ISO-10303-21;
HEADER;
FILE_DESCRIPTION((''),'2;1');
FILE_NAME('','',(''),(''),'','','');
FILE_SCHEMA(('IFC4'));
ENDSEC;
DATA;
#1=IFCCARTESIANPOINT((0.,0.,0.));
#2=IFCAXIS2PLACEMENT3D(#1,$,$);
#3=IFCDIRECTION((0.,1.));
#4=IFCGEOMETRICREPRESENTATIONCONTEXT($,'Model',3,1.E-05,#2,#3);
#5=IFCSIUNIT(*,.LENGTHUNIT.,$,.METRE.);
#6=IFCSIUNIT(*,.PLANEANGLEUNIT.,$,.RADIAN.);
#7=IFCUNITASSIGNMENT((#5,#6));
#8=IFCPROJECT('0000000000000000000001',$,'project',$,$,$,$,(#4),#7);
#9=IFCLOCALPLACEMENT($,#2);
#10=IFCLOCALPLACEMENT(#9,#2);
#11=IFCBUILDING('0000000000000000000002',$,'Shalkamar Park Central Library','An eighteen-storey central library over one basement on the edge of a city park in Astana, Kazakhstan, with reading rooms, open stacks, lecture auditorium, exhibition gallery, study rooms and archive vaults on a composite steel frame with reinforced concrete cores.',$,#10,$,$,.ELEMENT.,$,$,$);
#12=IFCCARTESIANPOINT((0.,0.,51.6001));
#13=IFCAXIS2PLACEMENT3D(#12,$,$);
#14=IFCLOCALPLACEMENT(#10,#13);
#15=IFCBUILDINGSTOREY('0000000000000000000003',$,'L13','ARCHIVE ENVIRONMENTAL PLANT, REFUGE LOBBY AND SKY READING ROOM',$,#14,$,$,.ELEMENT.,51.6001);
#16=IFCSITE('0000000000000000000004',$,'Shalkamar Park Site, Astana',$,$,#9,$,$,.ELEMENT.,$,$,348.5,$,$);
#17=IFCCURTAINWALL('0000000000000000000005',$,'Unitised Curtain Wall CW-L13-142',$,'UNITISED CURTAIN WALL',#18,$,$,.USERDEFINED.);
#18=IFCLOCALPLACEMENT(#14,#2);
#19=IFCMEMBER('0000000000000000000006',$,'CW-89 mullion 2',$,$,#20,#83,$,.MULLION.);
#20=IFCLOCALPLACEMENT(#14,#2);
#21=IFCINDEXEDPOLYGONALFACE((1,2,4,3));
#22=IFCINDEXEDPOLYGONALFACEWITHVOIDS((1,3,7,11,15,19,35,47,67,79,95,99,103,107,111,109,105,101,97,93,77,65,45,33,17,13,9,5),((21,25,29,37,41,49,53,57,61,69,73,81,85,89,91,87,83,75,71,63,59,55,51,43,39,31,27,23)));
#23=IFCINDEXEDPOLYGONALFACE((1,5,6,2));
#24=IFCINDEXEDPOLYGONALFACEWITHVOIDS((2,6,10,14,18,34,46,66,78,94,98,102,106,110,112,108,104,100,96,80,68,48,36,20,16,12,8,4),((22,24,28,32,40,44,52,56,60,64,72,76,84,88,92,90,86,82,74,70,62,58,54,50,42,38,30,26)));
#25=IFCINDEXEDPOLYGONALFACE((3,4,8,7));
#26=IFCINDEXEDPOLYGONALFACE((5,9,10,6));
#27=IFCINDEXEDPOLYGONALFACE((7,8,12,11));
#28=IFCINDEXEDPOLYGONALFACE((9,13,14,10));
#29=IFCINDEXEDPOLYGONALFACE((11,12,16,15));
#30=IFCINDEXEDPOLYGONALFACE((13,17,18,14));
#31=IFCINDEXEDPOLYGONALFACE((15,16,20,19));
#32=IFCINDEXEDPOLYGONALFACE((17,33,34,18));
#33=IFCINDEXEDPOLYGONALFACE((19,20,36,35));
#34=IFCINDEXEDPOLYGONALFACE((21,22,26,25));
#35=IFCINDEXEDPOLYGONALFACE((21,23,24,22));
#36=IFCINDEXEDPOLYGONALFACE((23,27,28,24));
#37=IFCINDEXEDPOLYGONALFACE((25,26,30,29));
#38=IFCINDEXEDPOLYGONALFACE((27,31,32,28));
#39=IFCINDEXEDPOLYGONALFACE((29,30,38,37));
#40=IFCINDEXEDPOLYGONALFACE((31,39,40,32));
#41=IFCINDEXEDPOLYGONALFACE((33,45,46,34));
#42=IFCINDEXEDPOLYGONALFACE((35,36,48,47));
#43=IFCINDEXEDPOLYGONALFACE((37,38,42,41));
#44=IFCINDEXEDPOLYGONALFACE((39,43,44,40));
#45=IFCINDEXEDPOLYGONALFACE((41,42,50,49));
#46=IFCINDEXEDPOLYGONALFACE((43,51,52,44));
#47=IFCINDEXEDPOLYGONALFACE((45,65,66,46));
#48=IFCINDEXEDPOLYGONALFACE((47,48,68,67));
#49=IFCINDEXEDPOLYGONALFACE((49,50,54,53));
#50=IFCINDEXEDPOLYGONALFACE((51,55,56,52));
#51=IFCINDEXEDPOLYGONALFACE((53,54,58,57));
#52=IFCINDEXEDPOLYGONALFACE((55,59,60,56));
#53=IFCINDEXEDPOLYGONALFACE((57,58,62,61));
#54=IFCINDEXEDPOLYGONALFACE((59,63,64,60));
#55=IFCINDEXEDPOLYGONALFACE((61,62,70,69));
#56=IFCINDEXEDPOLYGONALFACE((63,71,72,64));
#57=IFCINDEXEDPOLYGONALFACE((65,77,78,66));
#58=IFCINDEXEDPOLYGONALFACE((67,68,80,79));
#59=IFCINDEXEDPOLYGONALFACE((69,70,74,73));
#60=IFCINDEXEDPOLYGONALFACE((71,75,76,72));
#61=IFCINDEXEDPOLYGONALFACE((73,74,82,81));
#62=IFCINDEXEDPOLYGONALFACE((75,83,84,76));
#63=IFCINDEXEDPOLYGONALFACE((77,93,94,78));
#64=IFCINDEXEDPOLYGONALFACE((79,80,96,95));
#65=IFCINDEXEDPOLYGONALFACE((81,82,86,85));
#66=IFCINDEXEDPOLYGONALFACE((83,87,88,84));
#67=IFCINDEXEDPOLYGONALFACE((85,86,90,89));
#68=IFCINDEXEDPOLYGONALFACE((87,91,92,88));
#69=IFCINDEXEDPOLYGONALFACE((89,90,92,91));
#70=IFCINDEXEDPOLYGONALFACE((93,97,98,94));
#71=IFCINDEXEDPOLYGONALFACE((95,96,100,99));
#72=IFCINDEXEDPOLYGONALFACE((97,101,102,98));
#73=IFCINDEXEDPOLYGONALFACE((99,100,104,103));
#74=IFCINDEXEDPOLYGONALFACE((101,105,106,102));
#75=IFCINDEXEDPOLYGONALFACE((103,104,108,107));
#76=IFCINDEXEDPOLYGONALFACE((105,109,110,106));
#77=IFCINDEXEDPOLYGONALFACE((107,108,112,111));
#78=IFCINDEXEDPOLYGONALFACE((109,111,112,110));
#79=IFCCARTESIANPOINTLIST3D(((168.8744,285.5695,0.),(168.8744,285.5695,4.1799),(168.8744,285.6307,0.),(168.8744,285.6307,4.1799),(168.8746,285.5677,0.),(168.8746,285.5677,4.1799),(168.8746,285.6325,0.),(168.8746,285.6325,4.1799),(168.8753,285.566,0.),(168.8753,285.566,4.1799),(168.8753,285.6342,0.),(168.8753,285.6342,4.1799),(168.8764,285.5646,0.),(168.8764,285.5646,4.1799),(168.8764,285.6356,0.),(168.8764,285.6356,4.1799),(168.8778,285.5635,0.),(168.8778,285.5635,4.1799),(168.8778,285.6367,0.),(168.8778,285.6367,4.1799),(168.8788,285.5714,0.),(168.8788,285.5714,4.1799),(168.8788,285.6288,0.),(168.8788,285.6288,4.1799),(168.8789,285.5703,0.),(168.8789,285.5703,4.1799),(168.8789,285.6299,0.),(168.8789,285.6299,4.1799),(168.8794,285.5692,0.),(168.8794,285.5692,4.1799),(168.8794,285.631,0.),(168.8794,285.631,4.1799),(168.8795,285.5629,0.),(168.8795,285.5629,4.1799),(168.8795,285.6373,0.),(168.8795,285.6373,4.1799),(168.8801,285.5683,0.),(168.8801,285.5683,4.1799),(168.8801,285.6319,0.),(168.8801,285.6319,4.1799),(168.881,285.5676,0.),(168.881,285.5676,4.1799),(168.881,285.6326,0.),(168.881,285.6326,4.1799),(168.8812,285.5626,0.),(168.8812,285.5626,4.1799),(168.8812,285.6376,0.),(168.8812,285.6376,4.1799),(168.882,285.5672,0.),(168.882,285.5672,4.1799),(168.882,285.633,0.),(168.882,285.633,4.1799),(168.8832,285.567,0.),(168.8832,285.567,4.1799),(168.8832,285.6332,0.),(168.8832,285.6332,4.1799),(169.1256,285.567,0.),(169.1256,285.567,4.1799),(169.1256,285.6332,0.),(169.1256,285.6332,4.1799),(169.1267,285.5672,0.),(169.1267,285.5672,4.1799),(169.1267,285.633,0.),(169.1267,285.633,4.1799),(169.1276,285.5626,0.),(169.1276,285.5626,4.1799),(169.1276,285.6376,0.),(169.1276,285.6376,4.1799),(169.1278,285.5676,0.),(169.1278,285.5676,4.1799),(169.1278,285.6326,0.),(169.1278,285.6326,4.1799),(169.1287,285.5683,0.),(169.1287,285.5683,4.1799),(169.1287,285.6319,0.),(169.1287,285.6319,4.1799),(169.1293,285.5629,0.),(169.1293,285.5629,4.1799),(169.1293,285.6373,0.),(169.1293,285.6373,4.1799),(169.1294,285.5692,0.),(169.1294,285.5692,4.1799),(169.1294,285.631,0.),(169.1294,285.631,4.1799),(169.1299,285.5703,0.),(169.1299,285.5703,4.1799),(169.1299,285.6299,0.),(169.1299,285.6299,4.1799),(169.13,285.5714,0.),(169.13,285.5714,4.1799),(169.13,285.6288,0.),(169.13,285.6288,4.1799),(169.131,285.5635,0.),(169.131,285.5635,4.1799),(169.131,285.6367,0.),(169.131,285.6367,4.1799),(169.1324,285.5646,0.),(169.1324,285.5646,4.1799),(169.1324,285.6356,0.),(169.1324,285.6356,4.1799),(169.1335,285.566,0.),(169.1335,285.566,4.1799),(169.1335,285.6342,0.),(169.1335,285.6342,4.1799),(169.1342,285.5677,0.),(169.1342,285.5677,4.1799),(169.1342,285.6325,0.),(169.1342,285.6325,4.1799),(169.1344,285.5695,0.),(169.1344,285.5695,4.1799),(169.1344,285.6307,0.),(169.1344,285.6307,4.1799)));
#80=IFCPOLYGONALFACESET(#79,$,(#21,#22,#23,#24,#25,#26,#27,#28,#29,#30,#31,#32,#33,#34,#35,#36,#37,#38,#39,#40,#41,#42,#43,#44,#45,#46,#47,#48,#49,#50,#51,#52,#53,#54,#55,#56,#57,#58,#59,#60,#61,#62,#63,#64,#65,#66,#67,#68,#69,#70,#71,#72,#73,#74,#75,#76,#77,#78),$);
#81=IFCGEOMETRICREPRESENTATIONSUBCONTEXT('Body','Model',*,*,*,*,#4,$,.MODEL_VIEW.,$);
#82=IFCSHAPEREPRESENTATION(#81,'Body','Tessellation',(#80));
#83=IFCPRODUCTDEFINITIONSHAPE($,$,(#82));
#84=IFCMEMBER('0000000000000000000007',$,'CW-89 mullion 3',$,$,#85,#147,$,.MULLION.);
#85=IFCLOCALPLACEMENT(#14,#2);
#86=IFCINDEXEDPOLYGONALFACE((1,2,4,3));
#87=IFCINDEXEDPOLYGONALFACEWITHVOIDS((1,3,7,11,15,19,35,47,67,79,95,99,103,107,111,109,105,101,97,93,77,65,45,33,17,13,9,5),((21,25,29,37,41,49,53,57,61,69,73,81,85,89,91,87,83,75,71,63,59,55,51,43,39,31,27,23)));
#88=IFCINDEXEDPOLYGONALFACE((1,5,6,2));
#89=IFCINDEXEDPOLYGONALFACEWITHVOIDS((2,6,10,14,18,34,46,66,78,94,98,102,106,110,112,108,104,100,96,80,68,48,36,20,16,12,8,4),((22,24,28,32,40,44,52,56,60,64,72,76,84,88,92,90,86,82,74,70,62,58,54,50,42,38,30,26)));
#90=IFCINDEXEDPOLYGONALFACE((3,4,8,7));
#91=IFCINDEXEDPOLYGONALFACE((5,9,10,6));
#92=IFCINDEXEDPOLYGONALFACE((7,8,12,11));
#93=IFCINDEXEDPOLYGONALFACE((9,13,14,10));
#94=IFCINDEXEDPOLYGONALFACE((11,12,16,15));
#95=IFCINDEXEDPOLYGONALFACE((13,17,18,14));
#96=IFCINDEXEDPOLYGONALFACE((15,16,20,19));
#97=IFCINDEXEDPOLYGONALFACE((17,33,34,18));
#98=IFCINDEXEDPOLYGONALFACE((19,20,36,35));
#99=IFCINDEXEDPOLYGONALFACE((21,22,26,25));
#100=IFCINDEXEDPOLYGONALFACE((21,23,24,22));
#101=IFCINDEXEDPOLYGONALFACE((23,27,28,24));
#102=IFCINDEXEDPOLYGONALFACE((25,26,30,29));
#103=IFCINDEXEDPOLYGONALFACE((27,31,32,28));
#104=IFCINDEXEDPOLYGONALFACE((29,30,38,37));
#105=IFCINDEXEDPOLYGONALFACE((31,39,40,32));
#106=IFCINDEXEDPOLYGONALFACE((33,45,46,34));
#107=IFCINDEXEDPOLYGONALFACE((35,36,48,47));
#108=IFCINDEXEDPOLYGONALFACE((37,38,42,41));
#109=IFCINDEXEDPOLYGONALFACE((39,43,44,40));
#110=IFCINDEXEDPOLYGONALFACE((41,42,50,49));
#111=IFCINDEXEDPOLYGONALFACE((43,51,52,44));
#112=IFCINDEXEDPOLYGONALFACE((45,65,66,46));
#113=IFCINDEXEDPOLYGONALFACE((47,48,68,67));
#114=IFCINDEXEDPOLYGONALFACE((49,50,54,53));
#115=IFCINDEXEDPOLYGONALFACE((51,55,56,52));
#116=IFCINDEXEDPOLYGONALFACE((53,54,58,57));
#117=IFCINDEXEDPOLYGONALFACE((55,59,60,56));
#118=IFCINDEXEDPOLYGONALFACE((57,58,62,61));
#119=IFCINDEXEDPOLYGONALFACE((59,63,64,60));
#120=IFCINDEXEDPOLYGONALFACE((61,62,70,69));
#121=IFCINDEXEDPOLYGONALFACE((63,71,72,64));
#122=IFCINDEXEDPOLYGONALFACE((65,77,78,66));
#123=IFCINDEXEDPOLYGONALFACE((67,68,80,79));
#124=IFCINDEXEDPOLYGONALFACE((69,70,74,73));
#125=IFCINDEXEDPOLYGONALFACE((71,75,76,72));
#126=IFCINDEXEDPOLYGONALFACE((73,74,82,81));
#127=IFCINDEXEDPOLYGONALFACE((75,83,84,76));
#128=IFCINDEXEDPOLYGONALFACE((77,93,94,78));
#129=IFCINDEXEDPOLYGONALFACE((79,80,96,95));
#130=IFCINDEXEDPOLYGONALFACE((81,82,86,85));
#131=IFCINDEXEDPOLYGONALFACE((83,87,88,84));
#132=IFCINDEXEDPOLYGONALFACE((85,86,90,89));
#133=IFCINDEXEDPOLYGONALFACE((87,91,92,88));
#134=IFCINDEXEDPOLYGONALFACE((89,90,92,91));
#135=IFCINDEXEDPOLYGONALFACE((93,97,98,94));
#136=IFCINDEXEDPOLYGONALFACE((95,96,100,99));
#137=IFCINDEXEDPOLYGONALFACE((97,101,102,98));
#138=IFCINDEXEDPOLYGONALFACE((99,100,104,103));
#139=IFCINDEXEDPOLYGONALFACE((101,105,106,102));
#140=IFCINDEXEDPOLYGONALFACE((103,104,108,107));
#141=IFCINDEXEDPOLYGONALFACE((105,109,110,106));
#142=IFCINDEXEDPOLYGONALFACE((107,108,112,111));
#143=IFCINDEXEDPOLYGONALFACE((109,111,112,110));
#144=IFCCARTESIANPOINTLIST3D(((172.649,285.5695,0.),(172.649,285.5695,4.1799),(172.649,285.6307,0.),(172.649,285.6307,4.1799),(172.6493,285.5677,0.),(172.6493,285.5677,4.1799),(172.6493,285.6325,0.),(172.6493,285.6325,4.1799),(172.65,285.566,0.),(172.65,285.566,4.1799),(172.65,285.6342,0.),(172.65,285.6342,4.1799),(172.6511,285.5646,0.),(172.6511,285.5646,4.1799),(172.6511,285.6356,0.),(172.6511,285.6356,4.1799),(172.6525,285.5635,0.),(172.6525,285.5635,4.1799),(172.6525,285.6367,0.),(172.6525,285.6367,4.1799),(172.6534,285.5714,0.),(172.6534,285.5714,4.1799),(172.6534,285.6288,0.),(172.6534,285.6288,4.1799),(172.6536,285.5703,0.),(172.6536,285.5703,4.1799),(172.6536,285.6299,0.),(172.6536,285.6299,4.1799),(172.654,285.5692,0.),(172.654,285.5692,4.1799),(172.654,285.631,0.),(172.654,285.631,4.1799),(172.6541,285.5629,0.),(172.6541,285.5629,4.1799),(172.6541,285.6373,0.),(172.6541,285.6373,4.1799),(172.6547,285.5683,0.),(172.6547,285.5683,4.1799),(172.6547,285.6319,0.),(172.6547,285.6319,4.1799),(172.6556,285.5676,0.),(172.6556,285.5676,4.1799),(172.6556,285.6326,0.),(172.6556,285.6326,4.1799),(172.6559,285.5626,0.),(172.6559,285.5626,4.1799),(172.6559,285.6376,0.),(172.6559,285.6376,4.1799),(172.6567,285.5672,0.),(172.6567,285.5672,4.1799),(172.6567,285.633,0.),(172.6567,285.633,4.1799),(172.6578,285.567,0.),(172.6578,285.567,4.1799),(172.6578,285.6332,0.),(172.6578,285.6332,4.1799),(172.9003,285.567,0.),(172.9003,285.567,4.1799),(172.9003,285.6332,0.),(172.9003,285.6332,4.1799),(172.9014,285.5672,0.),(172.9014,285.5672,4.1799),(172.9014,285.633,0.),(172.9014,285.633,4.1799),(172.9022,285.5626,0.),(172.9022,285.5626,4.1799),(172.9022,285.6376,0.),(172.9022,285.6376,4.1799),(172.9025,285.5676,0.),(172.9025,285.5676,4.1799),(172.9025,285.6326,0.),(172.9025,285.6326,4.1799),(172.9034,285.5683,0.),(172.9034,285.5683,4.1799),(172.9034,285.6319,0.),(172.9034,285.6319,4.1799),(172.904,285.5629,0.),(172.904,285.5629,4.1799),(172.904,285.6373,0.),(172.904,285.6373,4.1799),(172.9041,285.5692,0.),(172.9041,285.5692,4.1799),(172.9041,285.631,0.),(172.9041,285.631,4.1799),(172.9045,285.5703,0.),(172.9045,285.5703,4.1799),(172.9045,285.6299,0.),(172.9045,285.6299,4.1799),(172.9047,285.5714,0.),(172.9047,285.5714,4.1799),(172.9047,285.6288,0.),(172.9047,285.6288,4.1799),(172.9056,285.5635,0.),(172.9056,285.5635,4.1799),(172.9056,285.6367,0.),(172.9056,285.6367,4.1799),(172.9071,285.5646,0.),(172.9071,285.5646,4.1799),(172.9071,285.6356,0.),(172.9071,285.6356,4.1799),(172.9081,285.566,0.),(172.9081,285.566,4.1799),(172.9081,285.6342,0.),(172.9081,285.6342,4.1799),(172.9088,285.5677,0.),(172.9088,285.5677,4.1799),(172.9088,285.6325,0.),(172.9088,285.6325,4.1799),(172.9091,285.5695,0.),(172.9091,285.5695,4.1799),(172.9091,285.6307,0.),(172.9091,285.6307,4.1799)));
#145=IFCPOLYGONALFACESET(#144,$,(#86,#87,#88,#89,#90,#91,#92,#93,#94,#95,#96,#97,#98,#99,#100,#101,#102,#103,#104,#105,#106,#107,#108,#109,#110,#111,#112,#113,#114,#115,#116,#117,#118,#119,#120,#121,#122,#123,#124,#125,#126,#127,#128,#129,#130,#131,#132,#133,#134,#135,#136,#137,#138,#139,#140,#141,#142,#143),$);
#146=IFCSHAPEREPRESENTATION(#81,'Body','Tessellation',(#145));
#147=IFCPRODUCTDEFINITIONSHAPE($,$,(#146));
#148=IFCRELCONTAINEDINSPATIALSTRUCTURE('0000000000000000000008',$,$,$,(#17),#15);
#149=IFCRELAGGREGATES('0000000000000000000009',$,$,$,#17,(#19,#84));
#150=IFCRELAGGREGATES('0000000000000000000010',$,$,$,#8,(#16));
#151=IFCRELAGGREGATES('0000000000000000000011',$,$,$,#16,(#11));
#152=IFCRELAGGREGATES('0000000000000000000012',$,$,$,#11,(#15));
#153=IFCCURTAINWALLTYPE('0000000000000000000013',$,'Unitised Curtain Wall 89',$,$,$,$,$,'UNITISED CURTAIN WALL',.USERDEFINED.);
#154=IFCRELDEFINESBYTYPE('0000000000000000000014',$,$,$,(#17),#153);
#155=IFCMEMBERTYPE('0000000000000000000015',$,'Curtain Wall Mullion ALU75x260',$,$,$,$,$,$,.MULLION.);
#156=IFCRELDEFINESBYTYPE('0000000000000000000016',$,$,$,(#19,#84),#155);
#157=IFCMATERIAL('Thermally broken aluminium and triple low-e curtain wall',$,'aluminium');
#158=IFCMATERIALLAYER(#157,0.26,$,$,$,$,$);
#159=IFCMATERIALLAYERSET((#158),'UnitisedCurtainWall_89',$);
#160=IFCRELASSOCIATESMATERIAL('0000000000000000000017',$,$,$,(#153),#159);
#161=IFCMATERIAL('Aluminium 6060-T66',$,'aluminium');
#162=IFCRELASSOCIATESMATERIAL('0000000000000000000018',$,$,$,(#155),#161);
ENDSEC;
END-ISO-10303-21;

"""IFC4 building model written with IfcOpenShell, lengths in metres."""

from ifc_helpers import new_model, si_unit, direction, frame, origin, origin_2d, place, context, subcontext, project, spatial, hollow_rectangle, extrude, material, layer, layer_set, material_profile, profile_set, type_object, element, aggregate, save


model = new_model("IFC4")

# Units and contexts
model_context = context("Model", 3, precision=1e-05, world=origin(), true_north=direction((0.0, 1.0)))
body_context = subcontext(model_context, "Body", "Model", "MODEL_VIEW")
ifc_project = project(units=[si_unit("LENGTHUNIT", "METRE"), si_unit("PLANEANGLEUNIT", "RADIAN")], contexts=[model_context])

# Site, building, storey
site_placement = place(None, origin())
site = spatial("IfcSite", under=ifc_project, at=site_placement, Name="Shalkamar Park Site, Astana", CompositionType="ELEMENT", RefElevation=348.5)
building_placement = place(site_placement, origin())
building = spatial("IfcBuilding", under=site, at=building_placement, Name="Shalkamar Park Central Library", Description="An eighteen-storey central library over one basement on the edge of a city park in Astana, Kazakhstan, with reading rooms, open stacks, lecture auditorium, exhibition gallery, study rooms and archive vaults on a composite steel frame with reinforced concrete cores.", CompositionType="ELEMENT")
storey_placement = place(building_placement, frame((0.0, 0.0, 51.6001)))
storey = spatial("IfcBuildingStorey", under=building, at=storey_placement, Name="L13", Description="ARCHIVE ENVIRONMENTAL PLANT, REFUGE LOBBY AND SKY READING ROOM", CompositionType="ELEMENT", Elevation=51.6001)

# Curtain wall, members
ifc_material_1 = material(Name="Thermally broken aluminium and triple low-e curtain wall", Category="aluminium")
ifc_layer_1 = layer(ifc_material_1, 0.26)
ifc_layer_set_1 = layer_set([ifc_layer_1], Name="UnitisedCurtainWall_89")
curtain_wall_type_1 = type_object("IfcCurtainWallType", Name="Unitised Curtain Wall 89", ElementType="UNITISED CURTAIN WALL", PredefinedType="USERDEFINED", material=ifc_layer_set_1)
curtain_wall_1_placement = place(storey_placement, origin())
curtain_wall_1 = element("IfcCurtainWall", 1, at=curtain_wall_1_placement, inside=storey, type_object=curtain_wall_type_1, Name="Unitised Curtain Wall CW-L13-142", ObjectType="UNITISED CURTAIN WALL", PredefinedType="USERDEFINED")
ifc_material_2 = material(Name="Aluminium 6060-T66", Category="aluminium")
ifc_material_profile_1 = material_profile(ifc_material_2, hollow_rectangle(XDim=0.075, YDim=0.26, WallThickness=0.0044, InnerFilletRadius=0.0044, OuterFilletRadius=0.0068, at=origin_2d()), Name="ALU 75x260x4.5")
ifc_profile_set_1 = profile_set([ifc_material_profile_1], Name="Aluminium 6060-T66")
member_type_1 = type_object("IfcMemberType", Name="Curtain Wall Mullion ALU75x260", PredefinedType="MULLION", material=ifc_profile_set_1)
member_1_placement = place(storey_placement, frame((169.0044, 285.6001, 0.0), z_axis=(0.0, 0.0, 1.0), x_axis=(0.0, 1.0, 0.0)))
member_1 = element("IfcMember", 2, at=member_1_placement, type_object=member_type_1, Name="CW-89 mullion 2", PredefinedType="MULLION", context=body_context, shape_type="SweptSolid", body=[
    extrude(hollow_rectangle(XDim=0.075, YDim=0.26, WallThickness=0.0044, InnerFilletRadius=0.0044, OuterFilletRadius=0.0068, at=origin_2d()), origin(), (0.0, 0.0, 1.0), 4.1799),
])
member_2_placement = place(storey_placement, frame((172.7791, 285.6001, 0.0), z_axis=(0.0, 0.0, 1.0), x_axis=(0.0, 1.0, 0.0)))
member_2 = element("IfcMember", 3, at=member_2_placement, type_object=member_type_1, Name="CW-89 mullion 3", PredefinedType="MULLION", context=body_context, shape_type="SweptSolid", body=[
    extrude(hollow_rectangle(XDim=0.075, YDim=0.26, WallThickness=0.0044, InnerFilletRadius=0.0044, OuterFilletRadius=0.0068, at=origin_2d()), origin(), (0.0, 0.0, 1.0), 4.1799),
])

aggregate(curtain_wall_1, [member_1, member_2])

save(model, "model.ifc")
